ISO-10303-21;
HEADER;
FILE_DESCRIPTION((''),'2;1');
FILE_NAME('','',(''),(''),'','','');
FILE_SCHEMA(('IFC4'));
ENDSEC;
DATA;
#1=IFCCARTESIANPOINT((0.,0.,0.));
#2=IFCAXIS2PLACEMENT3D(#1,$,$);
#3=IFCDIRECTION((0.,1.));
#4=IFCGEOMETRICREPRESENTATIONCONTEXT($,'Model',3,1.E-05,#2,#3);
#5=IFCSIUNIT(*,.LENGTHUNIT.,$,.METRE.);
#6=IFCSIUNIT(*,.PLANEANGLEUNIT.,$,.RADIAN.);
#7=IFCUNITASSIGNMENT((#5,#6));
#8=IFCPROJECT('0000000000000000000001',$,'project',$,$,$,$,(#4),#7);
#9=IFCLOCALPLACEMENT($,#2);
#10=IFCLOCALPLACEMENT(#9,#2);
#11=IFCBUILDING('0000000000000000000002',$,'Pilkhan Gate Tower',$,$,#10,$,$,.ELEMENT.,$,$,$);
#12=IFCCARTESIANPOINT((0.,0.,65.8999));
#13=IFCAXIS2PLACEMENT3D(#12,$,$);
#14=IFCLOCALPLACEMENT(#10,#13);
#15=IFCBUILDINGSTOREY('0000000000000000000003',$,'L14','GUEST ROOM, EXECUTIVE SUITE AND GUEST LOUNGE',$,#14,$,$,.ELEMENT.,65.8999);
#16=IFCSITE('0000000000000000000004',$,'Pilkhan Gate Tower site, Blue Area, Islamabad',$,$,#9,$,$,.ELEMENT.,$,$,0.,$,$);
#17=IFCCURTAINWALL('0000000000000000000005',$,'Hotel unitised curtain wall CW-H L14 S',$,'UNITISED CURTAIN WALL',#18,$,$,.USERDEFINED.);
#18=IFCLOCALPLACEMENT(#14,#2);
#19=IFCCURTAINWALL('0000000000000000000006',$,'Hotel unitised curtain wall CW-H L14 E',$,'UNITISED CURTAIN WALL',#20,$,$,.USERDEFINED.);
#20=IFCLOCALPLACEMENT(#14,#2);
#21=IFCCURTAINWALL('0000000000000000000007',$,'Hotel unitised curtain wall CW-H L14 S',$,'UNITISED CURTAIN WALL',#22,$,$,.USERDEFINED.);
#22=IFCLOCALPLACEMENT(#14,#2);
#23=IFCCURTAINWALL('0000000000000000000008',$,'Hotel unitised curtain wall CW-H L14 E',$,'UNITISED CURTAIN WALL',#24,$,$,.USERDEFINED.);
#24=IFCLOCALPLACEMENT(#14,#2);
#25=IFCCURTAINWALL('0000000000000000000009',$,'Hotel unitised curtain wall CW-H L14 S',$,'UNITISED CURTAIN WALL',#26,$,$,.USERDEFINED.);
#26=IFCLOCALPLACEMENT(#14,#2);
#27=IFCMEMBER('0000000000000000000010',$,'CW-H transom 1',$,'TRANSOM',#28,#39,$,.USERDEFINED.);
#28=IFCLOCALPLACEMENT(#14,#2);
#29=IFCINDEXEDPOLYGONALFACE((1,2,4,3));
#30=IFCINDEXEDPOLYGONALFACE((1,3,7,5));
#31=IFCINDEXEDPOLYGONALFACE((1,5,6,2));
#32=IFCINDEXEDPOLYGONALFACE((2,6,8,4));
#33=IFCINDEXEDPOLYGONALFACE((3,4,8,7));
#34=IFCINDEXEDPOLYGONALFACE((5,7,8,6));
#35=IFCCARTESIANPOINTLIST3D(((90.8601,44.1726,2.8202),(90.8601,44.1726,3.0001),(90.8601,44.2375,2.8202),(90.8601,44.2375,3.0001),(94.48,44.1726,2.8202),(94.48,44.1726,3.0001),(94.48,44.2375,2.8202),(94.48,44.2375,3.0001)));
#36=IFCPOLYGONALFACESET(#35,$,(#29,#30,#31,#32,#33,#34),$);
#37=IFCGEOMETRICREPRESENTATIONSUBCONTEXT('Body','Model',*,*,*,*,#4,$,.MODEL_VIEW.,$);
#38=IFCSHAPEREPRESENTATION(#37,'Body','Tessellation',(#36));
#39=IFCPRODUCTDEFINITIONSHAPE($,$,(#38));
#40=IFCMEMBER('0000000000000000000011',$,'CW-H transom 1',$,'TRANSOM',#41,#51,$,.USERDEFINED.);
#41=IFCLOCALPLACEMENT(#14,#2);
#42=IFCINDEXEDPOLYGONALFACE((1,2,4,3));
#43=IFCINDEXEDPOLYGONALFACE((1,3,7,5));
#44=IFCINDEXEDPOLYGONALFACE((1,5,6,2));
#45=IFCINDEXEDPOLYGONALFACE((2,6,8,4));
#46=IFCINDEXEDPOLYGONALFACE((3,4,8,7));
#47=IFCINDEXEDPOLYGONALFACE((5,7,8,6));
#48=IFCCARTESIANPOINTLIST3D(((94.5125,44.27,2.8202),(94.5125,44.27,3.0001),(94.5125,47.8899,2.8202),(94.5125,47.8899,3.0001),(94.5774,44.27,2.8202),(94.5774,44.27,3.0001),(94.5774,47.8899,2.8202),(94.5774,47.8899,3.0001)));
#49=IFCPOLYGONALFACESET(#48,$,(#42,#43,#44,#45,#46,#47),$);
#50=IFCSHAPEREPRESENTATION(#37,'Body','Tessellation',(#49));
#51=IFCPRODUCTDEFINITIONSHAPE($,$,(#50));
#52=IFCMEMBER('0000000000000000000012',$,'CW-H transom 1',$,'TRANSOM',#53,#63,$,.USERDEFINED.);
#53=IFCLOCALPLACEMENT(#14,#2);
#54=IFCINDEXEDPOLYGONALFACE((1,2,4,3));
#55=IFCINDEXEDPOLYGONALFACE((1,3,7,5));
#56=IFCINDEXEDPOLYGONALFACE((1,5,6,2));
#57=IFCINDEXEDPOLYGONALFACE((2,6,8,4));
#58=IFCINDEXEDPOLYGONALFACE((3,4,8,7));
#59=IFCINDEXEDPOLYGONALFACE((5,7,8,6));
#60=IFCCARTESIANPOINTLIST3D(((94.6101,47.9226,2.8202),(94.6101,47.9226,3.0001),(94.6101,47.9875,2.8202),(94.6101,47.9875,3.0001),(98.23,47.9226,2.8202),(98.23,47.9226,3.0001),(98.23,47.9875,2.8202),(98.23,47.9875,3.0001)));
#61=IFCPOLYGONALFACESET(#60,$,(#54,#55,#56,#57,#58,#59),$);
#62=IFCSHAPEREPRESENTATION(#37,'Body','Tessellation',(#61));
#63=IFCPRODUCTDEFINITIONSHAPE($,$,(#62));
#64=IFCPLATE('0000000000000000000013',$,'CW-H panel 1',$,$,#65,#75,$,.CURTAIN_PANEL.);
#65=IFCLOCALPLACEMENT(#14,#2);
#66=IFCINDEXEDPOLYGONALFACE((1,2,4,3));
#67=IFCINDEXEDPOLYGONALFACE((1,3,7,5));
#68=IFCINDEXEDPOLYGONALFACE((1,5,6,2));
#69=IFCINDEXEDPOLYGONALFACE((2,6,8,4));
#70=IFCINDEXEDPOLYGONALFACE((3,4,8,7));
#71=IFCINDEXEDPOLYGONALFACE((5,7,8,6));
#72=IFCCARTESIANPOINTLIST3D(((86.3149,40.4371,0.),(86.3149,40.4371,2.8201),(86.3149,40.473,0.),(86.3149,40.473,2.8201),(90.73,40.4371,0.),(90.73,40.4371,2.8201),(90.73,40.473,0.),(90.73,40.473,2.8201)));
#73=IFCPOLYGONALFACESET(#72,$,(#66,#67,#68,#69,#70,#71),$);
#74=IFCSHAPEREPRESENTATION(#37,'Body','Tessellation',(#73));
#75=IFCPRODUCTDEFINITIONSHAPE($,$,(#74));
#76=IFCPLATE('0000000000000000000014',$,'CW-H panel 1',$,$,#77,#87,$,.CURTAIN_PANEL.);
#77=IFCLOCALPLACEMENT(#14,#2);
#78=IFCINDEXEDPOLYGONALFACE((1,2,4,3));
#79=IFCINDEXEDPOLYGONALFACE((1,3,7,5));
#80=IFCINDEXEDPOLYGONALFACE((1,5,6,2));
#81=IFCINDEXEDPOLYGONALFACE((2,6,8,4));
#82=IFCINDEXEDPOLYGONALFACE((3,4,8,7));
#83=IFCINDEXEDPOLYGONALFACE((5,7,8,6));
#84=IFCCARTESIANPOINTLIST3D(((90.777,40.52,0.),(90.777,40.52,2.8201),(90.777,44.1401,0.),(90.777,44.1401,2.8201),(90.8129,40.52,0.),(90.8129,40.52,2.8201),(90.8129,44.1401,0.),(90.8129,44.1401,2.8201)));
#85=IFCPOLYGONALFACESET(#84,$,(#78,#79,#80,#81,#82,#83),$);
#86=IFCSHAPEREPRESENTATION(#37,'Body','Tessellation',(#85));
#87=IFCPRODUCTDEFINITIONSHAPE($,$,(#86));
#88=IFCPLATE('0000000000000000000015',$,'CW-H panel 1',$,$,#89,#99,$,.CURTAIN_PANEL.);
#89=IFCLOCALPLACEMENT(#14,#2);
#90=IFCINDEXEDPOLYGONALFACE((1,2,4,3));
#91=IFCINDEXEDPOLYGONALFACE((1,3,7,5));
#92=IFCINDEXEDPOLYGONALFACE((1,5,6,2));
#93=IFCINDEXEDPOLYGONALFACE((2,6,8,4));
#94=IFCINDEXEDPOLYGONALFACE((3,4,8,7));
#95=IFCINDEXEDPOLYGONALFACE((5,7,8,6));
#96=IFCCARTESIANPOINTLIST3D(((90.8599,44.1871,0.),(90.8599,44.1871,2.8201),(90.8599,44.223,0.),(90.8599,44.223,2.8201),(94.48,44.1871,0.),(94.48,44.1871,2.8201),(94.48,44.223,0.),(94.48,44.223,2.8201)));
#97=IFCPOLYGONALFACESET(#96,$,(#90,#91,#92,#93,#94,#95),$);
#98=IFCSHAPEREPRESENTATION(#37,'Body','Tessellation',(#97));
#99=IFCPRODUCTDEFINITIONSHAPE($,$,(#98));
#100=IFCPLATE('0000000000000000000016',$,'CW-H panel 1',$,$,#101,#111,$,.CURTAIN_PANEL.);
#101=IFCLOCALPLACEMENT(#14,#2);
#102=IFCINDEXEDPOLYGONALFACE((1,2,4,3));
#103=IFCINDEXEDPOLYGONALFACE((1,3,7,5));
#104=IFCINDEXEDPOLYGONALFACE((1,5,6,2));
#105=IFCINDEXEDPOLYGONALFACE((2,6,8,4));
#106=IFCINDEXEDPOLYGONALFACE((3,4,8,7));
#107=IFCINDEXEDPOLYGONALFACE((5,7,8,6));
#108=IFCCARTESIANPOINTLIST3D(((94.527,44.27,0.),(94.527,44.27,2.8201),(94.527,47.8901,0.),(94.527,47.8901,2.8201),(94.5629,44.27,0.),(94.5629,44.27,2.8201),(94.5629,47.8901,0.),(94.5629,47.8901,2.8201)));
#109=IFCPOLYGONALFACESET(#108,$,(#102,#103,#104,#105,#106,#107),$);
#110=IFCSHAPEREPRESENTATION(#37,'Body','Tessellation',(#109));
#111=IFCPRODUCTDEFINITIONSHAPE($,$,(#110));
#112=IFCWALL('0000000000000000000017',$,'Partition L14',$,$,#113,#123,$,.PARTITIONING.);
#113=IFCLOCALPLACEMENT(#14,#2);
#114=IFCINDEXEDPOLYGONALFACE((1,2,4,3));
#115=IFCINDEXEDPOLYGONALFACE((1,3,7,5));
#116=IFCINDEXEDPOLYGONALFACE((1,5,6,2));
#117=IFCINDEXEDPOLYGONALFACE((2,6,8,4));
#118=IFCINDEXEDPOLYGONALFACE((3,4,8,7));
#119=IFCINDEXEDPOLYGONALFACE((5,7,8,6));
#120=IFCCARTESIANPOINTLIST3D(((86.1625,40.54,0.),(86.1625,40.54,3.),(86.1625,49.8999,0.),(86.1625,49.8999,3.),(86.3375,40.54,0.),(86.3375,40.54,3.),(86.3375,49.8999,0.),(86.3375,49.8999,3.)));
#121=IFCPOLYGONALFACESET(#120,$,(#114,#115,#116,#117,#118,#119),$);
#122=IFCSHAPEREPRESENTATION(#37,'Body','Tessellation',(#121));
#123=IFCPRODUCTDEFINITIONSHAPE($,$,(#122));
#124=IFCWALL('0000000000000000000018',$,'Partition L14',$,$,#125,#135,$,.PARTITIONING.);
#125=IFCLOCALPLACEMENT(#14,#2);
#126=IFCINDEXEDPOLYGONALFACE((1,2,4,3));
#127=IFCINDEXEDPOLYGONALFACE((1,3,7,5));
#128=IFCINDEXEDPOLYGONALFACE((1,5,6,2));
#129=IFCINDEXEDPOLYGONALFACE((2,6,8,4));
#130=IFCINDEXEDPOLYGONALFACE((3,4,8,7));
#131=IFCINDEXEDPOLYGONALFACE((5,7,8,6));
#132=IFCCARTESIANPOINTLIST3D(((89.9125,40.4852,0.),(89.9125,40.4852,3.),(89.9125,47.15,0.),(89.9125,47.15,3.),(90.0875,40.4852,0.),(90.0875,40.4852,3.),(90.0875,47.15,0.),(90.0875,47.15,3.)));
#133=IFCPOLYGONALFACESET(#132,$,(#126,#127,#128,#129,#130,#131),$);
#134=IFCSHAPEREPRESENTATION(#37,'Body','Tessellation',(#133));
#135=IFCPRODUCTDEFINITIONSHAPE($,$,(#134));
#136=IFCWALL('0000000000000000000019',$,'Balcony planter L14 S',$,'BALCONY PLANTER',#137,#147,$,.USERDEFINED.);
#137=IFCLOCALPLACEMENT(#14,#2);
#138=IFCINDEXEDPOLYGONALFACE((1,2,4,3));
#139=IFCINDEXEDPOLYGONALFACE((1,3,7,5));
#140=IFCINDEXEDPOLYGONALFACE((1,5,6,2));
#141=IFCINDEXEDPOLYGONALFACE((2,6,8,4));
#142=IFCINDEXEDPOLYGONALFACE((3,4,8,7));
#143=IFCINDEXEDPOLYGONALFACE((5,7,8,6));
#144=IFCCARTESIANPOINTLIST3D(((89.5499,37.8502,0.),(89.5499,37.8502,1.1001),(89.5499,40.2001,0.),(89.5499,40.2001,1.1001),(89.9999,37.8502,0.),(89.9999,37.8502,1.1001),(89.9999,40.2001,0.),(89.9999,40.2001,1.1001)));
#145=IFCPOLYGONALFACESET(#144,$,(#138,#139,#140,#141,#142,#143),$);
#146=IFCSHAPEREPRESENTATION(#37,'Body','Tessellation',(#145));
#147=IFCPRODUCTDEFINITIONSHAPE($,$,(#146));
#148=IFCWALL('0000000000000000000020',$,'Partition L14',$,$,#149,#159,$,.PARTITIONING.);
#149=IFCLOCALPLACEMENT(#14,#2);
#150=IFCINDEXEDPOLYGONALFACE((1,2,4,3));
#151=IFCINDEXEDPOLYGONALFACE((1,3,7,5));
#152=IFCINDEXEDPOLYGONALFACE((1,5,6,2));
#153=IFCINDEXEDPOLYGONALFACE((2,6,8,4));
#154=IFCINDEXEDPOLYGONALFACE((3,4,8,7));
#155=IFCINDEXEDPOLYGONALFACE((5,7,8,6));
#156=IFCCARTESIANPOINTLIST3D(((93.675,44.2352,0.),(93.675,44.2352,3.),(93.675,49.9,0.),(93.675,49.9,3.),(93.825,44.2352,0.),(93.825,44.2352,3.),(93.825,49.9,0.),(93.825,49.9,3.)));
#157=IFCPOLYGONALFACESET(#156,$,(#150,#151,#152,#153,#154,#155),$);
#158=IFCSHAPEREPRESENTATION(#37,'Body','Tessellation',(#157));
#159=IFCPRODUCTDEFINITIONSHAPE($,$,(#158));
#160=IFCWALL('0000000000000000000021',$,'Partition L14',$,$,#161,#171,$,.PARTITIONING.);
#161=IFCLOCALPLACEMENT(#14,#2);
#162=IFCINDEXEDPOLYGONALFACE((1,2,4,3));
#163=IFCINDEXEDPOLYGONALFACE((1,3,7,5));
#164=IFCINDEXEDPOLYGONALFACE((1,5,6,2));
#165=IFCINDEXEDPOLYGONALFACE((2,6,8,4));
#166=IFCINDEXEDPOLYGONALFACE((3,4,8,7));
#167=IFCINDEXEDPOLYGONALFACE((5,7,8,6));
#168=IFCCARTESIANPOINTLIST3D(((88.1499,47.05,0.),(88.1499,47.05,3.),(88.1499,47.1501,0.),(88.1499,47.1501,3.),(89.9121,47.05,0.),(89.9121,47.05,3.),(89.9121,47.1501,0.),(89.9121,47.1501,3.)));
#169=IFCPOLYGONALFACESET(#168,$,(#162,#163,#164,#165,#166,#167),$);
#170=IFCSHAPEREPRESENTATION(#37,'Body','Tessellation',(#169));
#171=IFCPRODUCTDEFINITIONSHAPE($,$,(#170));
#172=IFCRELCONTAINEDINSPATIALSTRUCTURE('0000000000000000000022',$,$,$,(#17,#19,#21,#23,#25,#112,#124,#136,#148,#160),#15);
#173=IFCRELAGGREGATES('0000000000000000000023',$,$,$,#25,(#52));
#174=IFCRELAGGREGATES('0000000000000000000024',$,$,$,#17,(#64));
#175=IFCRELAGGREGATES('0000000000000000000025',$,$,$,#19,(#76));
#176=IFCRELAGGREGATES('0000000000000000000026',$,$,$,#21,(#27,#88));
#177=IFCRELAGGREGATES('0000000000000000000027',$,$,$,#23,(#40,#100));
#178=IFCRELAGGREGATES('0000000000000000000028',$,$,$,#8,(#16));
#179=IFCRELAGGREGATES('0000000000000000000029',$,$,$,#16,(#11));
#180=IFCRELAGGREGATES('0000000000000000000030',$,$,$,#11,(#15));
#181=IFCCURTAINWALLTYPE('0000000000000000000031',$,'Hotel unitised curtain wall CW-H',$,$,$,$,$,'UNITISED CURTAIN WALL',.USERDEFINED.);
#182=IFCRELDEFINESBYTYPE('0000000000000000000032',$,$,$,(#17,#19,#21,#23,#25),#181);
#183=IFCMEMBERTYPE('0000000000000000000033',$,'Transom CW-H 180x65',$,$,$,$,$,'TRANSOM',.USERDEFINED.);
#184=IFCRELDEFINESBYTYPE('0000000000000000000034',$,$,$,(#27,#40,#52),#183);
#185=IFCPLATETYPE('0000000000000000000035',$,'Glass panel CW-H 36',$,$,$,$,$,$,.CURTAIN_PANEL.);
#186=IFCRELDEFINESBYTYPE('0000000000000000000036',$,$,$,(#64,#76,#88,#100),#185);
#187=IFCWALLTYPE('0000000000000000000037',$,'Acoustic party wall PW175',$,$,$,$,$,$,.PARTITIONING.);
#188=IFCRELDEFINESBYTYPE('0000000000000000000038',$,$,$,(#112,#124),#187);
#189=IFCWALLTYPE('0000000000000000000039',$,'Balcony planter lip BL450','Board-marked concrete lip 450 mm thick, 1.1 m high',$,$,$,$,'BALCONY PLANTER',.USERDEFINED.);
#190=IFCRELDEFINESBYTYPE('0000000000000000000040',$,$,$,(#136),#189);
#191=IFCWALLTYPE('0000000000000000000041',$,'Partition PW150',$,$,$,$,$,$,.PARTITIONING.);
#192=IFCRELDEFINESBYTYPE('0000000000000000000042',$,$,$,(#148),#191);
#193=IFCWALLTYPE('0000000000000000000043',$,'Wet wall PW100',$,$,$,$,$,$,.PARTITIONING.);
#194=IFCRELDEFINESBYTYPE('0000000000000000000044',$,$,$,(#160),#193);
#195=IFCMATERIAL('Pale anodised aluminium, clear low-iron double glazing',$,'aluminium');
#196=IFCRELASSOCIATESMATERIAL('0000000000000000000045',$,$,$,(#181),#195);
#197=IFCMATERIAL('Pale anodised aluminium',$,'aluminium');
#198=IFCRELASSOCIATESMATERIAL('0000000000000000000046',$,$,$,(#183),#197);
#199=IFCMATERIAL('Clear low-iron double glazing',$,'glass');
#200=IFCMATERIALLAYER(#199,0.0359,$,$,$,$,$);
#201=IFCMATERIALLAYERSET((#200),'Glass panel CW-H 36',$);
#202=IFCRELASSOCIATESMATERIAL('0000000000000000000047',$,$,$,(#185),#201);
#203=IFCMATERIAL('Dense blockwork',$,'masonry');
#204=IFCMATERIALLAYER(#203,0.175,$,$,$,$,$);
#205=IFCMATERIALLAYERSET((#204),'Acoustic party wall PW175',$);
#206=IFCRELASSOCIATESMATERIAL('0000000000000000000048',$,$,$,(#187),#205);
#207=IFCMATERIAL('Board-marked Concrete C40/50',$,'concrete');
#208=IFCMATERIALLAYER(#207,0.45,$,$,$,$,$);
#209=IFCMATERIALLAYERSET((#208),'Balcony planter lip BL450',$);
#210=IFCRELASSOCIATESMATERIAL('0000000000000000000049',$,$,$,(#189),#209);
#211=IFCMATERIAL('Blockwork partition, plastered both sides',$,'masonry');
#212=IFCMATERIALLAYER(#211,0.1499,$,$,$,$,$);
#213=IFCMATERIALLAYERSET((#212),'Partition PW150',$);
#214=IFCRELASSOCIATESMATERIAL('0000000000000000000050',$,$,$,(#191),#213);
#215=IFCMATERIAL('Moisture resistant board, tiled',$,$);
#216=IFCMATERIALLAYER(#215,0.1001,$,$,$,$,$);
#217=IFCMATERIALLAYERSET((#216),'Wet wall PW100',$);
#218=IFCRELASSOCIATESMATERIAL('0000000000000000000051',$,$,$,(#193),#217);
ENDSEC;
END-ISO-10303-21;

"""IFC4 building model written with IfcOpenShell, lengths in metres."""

from ifc_helpers import new_model, si_unit, direction, frame, frame_2d, origin, origin_2d, place, context, subcontext, project, spatial, rectangle, extrude, material, layer, layer_set, material_profile, profile_set, type_object, element, aggregate, save


model = new_model("IFC4")

# Units and contexts
model_context = context("Model", 3, precision=1e-05, world=origin(), true_north=direction((0.0, 1.0)))
body_context = subcontext(model_context, "Body", "Model", "MODEL_VIEW")
ifc_project = project(units=[si_unit("LENGTHUNIT", "METRE"), si_unit("PLANEANGLEUNIT", "RADIAN")], contexts=[model_context])

# Site, building, storey
site_placement = place(None, origin())
site = spatial("IfcSite", under=ifc_project, at=site_placement, Name="Pilkhan Gate Tower site, Blue Area, Islamabad", CompositionType="ELEMENT", RefElevation=0.0)
building_placement = place(site_placement, origin())
building = spatial("IfcBuilding", under=site, at=building_placement, Name="Pilkhan Gate Tower", CompositionType="ELEMENT")
storey_placement = place(building_placement, frame((0.0, 0.0, 65.8999)))
storey = spatial("IfcBuildingStorey", under=building, at=storey_placement, Name="L14", Description="GUEST ROOM, EXECUTIVE SUITE AND GUEST LOUNGE", CompositionType="ELEMENT", Elevation=65.8999)

# Curtain walls
ifc_material_1 = material(Name="Pale anodised aluminium, clear low-iron double glazing", Category="aluminium")
curtain_wall_type = type_object("IfcCurtainWallType", Name="Hotel unitised curtain wall CW-H", ElementType="UNITISED CURTAIN WALL", PredefinedType="USERDEFINED", material=ifc_material_1)
curtain_wall_1_placement = place(storey_placement, origin())
curtain_wall_1 = element("IfcCurtainWall", 1, at=curtain_wall_1_placement, inside=storey, type_object=curtain_wall_type, Name="Hotel unitised curtain wall CW-H L14 S", ObjectType="UNITISED CURTAIN WALL", PredefinedType="USERDEFINED")
ifc_material_2 = material(Name="Pale anodised aluminium", Category="aluminium")
curtain_wall_2_placement = place(storey_placement, origin())
curtain_wall_2 = element("IfcCurtainWall", 2, at=curtain_wall_2_placement, inside=storey, type_object=curtain_wall_type, Name="Hotel unitised curtain wall CW-H L14 E", ObjectType="UNITISED CURTAIN WALL", PredefinedType="USERDEFINED")
curtain_wall_3_placement = place(storey_placement, origin())
curtain_wall_3 = element("IfcCurtainWall", 3, at=curtain_wall_3_placement, inside=storey, type_object=curtain_wall_type, Name="Hotel unitised curtain wall CW-H L14 S", ObjectType="UNITISED CURTAIN WALL", PredefinedType="USERDEFINED")
curtain_wall_4_placement = place(storey_placement, origin())
curtain_wall_4 = element("IfcCurtainWall", 4, at=curtain_wall_4_placement, inside=storey, type_object=curtain_wall_type, Name="Hotel unitised curtain wall CW-H L14 E", ObjectType="UNITISED CURTAIN WALL", PredefinedType="USERDEFINED")

# Curtain wall
curtain_wall_5_placement = place(storey_placement, origin())
curtain_wall_5 = element("IfcCurtainWall", 5, at=curtain_wall_5_placement, inside=storey, type_object=curtain_wall_type, Name="Hotel unitised curtain wall CW-H L14 S", ObjectType="UNITISED CURTAIN WALL", PredefinedType="USERDEFINED")

# Members
ifc_material_profile_1 = material_profile(ifc_material_2, rectangle(XDim=0.0649, YDim=0.1799, at=origin_2d()), Name="Transom 180x65")
ifc_profile_set_1 = profile_set([ifc_material_profile_1], Name="Pale anodised aluminium")
member_type_1 = type_object("IfcMemberType", Name="Transom CW-H 180x65", ElementType="TRANSOM", PredefinedType="USERDEFINED", material=ifc_profile_set_1)
member_1_placement = place(storey_placement, frame((90.8601, 44.2051, 2.9102), z_axis=(1.0, 0.0, 0.0), x_axis=(0.0, 1.0, 0.0)))
member_1 = element("IfcMember", 6, at=member_1_placement, type_object=member_type_1, Name="CW-H transom 1", ObjectType="TRANSOM", PredefinedType="USERDEFINED", context=body_context, shape_type="SweptSolid", body=[
    extrude(rectangle(XDim=0.0649, YDim=0.1799, at=origin_2d()), origin(), (0.0, 0.0, 1.0), 3.6199),
])
member_2_placement = place(storey_placement, frame((94.5449, 44.27, 2.9102), z_axis=(0.0, 1.0, 0.0), x_axis=(-1.0, 0.0, 0.0)))
member_2 = element("IfcMember", 7, at=member_2_placement, type_object=member_type_1, Name="CW-H transom 1", ObjectType="TRANSOM", PredefinedType="USERDEFINED", context=body_context, shape_type="SweptSolid", body=[
    extrude(rectangle(XDim=0.0649, YDim=0.1799, at=origin_2d()), origin(), (0.0, 0.0, 1.0), 3.6199),
])
member_3_placement = place(storey_placement, frame((94.6101, 47.9551, 2.9102), z_axis=(1.0, 0.0, 0.0), x_axis=(0.0, 1.0, 0.0)))
member_3 = element("IfcMember", 8, at=member_3_placement, type_object=member_type_1, Name="CW-H transom 1", ObjectType="TRANSOM", PredefinedType="USERDEFINED", context=body_context, shape_type="SweptSolid", body=[
    extrude(rectangle(XDim=0.0649, YDim=0.1799, at=origin_2d()), origin(), (0.0, 0.0, 1.0), 3.6199),
])
aggregate(curtain_wall_5, [member_3])

# Plates
ifc_material_3 = material(Name="Clear low-iron double glazing", Category="glass")
ifc_layer_1 = layer(ifc_material_3, 0.0359)
ifc_layer_set_1 = layer_set([ifc_layer_1], Name="Glass panel CW-H 36")
plate_type = type_object("IfcPlateType", Name="Glass panel CW-H 36", PredefinedType="CURTAIN_PANEL", material=ifc_layer_set_1)
plate_1_placement = place(storey_placement, frame((88.5225, 40.4551, 0.0), z_axis=(0.0, 0.0, 1.0), x_axis=(1.0, 0.0, 0.0)))
plate_1 = element("IfcPlate", 9, at=plate_1_placement, type_object=plate_type, Name="CW-H panel 1", PredefinedType="CURTAIN_PANEL", context=body_context, shape_type="SweptSolid", body=[
    extrude(rectangle(XDim=4.415, YDim=0.0359, at=origin_2d()), origin(), (0.0, 0.0, 1.0), 2.8201),
])
aggregate(curtain_wall_1, [plate_1])
plate_2_placement = place(storey_placement, frame((90.7949, 42.3301, 0.0), z_axis=(0.0, 0.0, 1.0), x_axis=(0.0, 1.0, 0.0)))
plate_2 = element("IfcPlate", 10, at=plate_2_placement, type_object=plate_type, Name="CW-H panel 1", PredefinedType="CURTAIN_PANEL", context=body_context, shape_type="SweptSolid", body=[
    extrude(rectangle(XDim=3.6201, YDim=0.0359, at=origin_2d()), origin(), (0.0, 0.0, 1.0), 2.8201),
])
aggregate(curtain_wall_2, [plate_2])
plate_3_placement = place(storey_placement, frame((92.6699, 44.2051, 0.0), z_axis=(0.0, 0.0, 1.0), x_axis=(1.0, 0.0, 0.0)))
plate_3 = element("IfcPlate", 11, at=plate_3_placement, type_object=plate_type, Name="CW-H panel 1", PredefinedType="CURTAIN_PANEL", context=body_context, shape_type="SweptSolid", body=[
    extrude(rectangle(XDim=3.6201, YDim=0.0359, at=origin_2d()), origin(), (0.0, 0.0, 1.0), 2.8201),
])
aggregate(curtain_wall_3, [member_1, plate_3])
plate_4_placement = place(storey_placement, frame((94.5449, 46.0801, 0.0), z_axis=(0.0, 0.0, 1.0), x_axis=(0.0, 1.0, 0.0)))
plate_4 = element("IfcPlate", 12, at=plate_4_placement, type_object=plate_type, Name="CW-H panel 1", PredefinedType="CURTAIN_PANEL", context=body_context, shape_type="SweptSolid", body=[
    extrude(rectangle(XDim=3.6201, YDim=0.0359, at=origin_2d()), origin(), (0.0, 0.0, 1.0), 2.8201),
])
aggregate(curtain_wall_4, [member_2, plate_4])

# Walls
ifc_material_4 = material(Name="Dense blockwork", Category="masonry")
ifc_layer_2 = layer(ifc_material_4, 0.175)
ifc_layer_set_2 = layer_set([ifc_layer_2], Name="Acoustic party wall PW175")
wall_type_1 = type_object("IfcWallType", Name="Acoustic party wall PW175", PredefinedType="PARTITIONING", material=ifc_layer_set_2)
wall_1_placement = place(storey_placement, frame((86.25, 40.54, 0.0), z_axis=(0.0, 0.0, 1.0), x_axis=(0.0, 1.0, 0.0)))
element("IfcWall", 13, at=wall_1_placement, inside=storey, type_object=wall_type_1, Name="Partition L14", PredefinedType="PARTITIONING", context=body_context, shape_type="SweptSolid", body=[
    extrude(rectangle(XDim=9.3599, YDim=0.175, at=frame_2d((4.6799, 0.0))), origin(), (0.0, 0.0, 1.0), 3.0),
])
wall_2_placement = place(storey_placement, frame((90.0, 40.4851, 0.0), z_axis=(0.0, 0.0, 1.0), x_axis=(0.0, 1.0, 0.0)))
element("IfcWall", 14, at=wall_2_placement, inside=storey, type_object=wall_type_1, Name="Partition L14", PredefinedType="PARTITIONING", context=body_context, shape_type="SweptSolid", body=[
    extrude(rectangle(XDim=6.6648, YDim=0.175, at=frame_2d((3.3325, 0.0))), origin(), (0.0, 0.0, 1.0), 3.0),
])
ifc_material_5 = material(Name="Board-marked Concrete C40/50", Category="concrete")
ifc_layer_3 = layer(ifc_material_5, 0.45)
ifc_layer_set_3 = layer_set([ifc_layer_3], Name="Balcony planter lip BL450")
wall_type_2 = type_object("IfcWallType", Name="Balcony planter lip BL450", Description="Board-marked concrete lip 450 mm thick, 1.1 m high", ElementType="BALCONY PLANTER", PredefinedType="USERDEFINED", material=ifc_layer_set_3)
wall_3_placement = place(storey_placement, frame((89.7749, 40.2, 0.0), z_axis=(0.0, 0.0, 1.0), x_axis=(0.0, -1.0, 0.0)))
element("IfcWall", 15, at=wall_3_placement, inside=storey, type_object=wall_type_2, Name="Balcony planter L14 S", ObjectType="BALCONY PLANTER", PredefinedType="USERDEFINED", context=body_context, shape_type="SweptSolid", body=[
    extrude(rectangle(XDim=2.3499, YDim=0.45, at=frame_2d((1.1748, 0.0))), origin(), (0.0, 0.0, 1.0), 1.1001),
])
ifc_material_6 = material(Name="Blockwork partition, plastered both sides", Category="masonry")
ifc_layer_4 = layer(ifc_material_6, 0.1499)
ifc_layer_set_4 = layer_set([ifc_layer_4], Name="Partition PW150")
wall_type_3 = type_object("IfcWallType", Name="Partition PW150", PredefinedType="PARTITIONING", material=ifc_layer_set_4)
wall_4_placement = place(storey_placement, frame((93.75, 44.2351, 0.0), z_axis=(0.0, 0.0, 1.0), x_axis=(0.0, 1.0, 0.0)))
element("IfcWall", 16, at=wall_4_placement, inside=storey, type_object=wall_type_3, Name="Partition L14", PredefinedType="PARTITIONING", context=body_context, shape_type="SweptSolid", body=[
    extrude(rectangle(XDim=5.6648, YDim=0.1499, at=frame_2d((2.8325, 0.0))), origin(), (0.0, 0.0, 1.0), 3.0),
])
ifc_material_7 = material(Name="Moisture resistant board, tiled")
ifc_layer_5 = layer(ifc_material_7, 0.1001)
ifc_layer_set_5 = layer_set([ifc_layer_5], Name="Wet wall PW100")
wall_type_4 = type_object("IfcWallType", Name="Wet wall PW100", PredefinedType="PARTITIONING", material=ifc_layer_set_5)
wall_5_placement = place(storey_placement, frame((88.1499, 47.1001, 0.0), z_axis=(0.0, 0.0, 1.0), x_axis=(1.0, 0.0, 0.0)))
element("IfcWall", 17, at=wall_5_placement, inside=storey, type_object=wall_type_4, Name="Partition L14", PredefinedType="PARTITIONING", context=body_context, shape_type="SweptSolid", body=[
    extrude(rectangle(XDim=1.7622, YDim=0.1001, at=frame_2d((0.8811, 0.0))), origin(), (0.0, 0.0, 1.0), 3.0),
])

save(model, "model.ifc")
